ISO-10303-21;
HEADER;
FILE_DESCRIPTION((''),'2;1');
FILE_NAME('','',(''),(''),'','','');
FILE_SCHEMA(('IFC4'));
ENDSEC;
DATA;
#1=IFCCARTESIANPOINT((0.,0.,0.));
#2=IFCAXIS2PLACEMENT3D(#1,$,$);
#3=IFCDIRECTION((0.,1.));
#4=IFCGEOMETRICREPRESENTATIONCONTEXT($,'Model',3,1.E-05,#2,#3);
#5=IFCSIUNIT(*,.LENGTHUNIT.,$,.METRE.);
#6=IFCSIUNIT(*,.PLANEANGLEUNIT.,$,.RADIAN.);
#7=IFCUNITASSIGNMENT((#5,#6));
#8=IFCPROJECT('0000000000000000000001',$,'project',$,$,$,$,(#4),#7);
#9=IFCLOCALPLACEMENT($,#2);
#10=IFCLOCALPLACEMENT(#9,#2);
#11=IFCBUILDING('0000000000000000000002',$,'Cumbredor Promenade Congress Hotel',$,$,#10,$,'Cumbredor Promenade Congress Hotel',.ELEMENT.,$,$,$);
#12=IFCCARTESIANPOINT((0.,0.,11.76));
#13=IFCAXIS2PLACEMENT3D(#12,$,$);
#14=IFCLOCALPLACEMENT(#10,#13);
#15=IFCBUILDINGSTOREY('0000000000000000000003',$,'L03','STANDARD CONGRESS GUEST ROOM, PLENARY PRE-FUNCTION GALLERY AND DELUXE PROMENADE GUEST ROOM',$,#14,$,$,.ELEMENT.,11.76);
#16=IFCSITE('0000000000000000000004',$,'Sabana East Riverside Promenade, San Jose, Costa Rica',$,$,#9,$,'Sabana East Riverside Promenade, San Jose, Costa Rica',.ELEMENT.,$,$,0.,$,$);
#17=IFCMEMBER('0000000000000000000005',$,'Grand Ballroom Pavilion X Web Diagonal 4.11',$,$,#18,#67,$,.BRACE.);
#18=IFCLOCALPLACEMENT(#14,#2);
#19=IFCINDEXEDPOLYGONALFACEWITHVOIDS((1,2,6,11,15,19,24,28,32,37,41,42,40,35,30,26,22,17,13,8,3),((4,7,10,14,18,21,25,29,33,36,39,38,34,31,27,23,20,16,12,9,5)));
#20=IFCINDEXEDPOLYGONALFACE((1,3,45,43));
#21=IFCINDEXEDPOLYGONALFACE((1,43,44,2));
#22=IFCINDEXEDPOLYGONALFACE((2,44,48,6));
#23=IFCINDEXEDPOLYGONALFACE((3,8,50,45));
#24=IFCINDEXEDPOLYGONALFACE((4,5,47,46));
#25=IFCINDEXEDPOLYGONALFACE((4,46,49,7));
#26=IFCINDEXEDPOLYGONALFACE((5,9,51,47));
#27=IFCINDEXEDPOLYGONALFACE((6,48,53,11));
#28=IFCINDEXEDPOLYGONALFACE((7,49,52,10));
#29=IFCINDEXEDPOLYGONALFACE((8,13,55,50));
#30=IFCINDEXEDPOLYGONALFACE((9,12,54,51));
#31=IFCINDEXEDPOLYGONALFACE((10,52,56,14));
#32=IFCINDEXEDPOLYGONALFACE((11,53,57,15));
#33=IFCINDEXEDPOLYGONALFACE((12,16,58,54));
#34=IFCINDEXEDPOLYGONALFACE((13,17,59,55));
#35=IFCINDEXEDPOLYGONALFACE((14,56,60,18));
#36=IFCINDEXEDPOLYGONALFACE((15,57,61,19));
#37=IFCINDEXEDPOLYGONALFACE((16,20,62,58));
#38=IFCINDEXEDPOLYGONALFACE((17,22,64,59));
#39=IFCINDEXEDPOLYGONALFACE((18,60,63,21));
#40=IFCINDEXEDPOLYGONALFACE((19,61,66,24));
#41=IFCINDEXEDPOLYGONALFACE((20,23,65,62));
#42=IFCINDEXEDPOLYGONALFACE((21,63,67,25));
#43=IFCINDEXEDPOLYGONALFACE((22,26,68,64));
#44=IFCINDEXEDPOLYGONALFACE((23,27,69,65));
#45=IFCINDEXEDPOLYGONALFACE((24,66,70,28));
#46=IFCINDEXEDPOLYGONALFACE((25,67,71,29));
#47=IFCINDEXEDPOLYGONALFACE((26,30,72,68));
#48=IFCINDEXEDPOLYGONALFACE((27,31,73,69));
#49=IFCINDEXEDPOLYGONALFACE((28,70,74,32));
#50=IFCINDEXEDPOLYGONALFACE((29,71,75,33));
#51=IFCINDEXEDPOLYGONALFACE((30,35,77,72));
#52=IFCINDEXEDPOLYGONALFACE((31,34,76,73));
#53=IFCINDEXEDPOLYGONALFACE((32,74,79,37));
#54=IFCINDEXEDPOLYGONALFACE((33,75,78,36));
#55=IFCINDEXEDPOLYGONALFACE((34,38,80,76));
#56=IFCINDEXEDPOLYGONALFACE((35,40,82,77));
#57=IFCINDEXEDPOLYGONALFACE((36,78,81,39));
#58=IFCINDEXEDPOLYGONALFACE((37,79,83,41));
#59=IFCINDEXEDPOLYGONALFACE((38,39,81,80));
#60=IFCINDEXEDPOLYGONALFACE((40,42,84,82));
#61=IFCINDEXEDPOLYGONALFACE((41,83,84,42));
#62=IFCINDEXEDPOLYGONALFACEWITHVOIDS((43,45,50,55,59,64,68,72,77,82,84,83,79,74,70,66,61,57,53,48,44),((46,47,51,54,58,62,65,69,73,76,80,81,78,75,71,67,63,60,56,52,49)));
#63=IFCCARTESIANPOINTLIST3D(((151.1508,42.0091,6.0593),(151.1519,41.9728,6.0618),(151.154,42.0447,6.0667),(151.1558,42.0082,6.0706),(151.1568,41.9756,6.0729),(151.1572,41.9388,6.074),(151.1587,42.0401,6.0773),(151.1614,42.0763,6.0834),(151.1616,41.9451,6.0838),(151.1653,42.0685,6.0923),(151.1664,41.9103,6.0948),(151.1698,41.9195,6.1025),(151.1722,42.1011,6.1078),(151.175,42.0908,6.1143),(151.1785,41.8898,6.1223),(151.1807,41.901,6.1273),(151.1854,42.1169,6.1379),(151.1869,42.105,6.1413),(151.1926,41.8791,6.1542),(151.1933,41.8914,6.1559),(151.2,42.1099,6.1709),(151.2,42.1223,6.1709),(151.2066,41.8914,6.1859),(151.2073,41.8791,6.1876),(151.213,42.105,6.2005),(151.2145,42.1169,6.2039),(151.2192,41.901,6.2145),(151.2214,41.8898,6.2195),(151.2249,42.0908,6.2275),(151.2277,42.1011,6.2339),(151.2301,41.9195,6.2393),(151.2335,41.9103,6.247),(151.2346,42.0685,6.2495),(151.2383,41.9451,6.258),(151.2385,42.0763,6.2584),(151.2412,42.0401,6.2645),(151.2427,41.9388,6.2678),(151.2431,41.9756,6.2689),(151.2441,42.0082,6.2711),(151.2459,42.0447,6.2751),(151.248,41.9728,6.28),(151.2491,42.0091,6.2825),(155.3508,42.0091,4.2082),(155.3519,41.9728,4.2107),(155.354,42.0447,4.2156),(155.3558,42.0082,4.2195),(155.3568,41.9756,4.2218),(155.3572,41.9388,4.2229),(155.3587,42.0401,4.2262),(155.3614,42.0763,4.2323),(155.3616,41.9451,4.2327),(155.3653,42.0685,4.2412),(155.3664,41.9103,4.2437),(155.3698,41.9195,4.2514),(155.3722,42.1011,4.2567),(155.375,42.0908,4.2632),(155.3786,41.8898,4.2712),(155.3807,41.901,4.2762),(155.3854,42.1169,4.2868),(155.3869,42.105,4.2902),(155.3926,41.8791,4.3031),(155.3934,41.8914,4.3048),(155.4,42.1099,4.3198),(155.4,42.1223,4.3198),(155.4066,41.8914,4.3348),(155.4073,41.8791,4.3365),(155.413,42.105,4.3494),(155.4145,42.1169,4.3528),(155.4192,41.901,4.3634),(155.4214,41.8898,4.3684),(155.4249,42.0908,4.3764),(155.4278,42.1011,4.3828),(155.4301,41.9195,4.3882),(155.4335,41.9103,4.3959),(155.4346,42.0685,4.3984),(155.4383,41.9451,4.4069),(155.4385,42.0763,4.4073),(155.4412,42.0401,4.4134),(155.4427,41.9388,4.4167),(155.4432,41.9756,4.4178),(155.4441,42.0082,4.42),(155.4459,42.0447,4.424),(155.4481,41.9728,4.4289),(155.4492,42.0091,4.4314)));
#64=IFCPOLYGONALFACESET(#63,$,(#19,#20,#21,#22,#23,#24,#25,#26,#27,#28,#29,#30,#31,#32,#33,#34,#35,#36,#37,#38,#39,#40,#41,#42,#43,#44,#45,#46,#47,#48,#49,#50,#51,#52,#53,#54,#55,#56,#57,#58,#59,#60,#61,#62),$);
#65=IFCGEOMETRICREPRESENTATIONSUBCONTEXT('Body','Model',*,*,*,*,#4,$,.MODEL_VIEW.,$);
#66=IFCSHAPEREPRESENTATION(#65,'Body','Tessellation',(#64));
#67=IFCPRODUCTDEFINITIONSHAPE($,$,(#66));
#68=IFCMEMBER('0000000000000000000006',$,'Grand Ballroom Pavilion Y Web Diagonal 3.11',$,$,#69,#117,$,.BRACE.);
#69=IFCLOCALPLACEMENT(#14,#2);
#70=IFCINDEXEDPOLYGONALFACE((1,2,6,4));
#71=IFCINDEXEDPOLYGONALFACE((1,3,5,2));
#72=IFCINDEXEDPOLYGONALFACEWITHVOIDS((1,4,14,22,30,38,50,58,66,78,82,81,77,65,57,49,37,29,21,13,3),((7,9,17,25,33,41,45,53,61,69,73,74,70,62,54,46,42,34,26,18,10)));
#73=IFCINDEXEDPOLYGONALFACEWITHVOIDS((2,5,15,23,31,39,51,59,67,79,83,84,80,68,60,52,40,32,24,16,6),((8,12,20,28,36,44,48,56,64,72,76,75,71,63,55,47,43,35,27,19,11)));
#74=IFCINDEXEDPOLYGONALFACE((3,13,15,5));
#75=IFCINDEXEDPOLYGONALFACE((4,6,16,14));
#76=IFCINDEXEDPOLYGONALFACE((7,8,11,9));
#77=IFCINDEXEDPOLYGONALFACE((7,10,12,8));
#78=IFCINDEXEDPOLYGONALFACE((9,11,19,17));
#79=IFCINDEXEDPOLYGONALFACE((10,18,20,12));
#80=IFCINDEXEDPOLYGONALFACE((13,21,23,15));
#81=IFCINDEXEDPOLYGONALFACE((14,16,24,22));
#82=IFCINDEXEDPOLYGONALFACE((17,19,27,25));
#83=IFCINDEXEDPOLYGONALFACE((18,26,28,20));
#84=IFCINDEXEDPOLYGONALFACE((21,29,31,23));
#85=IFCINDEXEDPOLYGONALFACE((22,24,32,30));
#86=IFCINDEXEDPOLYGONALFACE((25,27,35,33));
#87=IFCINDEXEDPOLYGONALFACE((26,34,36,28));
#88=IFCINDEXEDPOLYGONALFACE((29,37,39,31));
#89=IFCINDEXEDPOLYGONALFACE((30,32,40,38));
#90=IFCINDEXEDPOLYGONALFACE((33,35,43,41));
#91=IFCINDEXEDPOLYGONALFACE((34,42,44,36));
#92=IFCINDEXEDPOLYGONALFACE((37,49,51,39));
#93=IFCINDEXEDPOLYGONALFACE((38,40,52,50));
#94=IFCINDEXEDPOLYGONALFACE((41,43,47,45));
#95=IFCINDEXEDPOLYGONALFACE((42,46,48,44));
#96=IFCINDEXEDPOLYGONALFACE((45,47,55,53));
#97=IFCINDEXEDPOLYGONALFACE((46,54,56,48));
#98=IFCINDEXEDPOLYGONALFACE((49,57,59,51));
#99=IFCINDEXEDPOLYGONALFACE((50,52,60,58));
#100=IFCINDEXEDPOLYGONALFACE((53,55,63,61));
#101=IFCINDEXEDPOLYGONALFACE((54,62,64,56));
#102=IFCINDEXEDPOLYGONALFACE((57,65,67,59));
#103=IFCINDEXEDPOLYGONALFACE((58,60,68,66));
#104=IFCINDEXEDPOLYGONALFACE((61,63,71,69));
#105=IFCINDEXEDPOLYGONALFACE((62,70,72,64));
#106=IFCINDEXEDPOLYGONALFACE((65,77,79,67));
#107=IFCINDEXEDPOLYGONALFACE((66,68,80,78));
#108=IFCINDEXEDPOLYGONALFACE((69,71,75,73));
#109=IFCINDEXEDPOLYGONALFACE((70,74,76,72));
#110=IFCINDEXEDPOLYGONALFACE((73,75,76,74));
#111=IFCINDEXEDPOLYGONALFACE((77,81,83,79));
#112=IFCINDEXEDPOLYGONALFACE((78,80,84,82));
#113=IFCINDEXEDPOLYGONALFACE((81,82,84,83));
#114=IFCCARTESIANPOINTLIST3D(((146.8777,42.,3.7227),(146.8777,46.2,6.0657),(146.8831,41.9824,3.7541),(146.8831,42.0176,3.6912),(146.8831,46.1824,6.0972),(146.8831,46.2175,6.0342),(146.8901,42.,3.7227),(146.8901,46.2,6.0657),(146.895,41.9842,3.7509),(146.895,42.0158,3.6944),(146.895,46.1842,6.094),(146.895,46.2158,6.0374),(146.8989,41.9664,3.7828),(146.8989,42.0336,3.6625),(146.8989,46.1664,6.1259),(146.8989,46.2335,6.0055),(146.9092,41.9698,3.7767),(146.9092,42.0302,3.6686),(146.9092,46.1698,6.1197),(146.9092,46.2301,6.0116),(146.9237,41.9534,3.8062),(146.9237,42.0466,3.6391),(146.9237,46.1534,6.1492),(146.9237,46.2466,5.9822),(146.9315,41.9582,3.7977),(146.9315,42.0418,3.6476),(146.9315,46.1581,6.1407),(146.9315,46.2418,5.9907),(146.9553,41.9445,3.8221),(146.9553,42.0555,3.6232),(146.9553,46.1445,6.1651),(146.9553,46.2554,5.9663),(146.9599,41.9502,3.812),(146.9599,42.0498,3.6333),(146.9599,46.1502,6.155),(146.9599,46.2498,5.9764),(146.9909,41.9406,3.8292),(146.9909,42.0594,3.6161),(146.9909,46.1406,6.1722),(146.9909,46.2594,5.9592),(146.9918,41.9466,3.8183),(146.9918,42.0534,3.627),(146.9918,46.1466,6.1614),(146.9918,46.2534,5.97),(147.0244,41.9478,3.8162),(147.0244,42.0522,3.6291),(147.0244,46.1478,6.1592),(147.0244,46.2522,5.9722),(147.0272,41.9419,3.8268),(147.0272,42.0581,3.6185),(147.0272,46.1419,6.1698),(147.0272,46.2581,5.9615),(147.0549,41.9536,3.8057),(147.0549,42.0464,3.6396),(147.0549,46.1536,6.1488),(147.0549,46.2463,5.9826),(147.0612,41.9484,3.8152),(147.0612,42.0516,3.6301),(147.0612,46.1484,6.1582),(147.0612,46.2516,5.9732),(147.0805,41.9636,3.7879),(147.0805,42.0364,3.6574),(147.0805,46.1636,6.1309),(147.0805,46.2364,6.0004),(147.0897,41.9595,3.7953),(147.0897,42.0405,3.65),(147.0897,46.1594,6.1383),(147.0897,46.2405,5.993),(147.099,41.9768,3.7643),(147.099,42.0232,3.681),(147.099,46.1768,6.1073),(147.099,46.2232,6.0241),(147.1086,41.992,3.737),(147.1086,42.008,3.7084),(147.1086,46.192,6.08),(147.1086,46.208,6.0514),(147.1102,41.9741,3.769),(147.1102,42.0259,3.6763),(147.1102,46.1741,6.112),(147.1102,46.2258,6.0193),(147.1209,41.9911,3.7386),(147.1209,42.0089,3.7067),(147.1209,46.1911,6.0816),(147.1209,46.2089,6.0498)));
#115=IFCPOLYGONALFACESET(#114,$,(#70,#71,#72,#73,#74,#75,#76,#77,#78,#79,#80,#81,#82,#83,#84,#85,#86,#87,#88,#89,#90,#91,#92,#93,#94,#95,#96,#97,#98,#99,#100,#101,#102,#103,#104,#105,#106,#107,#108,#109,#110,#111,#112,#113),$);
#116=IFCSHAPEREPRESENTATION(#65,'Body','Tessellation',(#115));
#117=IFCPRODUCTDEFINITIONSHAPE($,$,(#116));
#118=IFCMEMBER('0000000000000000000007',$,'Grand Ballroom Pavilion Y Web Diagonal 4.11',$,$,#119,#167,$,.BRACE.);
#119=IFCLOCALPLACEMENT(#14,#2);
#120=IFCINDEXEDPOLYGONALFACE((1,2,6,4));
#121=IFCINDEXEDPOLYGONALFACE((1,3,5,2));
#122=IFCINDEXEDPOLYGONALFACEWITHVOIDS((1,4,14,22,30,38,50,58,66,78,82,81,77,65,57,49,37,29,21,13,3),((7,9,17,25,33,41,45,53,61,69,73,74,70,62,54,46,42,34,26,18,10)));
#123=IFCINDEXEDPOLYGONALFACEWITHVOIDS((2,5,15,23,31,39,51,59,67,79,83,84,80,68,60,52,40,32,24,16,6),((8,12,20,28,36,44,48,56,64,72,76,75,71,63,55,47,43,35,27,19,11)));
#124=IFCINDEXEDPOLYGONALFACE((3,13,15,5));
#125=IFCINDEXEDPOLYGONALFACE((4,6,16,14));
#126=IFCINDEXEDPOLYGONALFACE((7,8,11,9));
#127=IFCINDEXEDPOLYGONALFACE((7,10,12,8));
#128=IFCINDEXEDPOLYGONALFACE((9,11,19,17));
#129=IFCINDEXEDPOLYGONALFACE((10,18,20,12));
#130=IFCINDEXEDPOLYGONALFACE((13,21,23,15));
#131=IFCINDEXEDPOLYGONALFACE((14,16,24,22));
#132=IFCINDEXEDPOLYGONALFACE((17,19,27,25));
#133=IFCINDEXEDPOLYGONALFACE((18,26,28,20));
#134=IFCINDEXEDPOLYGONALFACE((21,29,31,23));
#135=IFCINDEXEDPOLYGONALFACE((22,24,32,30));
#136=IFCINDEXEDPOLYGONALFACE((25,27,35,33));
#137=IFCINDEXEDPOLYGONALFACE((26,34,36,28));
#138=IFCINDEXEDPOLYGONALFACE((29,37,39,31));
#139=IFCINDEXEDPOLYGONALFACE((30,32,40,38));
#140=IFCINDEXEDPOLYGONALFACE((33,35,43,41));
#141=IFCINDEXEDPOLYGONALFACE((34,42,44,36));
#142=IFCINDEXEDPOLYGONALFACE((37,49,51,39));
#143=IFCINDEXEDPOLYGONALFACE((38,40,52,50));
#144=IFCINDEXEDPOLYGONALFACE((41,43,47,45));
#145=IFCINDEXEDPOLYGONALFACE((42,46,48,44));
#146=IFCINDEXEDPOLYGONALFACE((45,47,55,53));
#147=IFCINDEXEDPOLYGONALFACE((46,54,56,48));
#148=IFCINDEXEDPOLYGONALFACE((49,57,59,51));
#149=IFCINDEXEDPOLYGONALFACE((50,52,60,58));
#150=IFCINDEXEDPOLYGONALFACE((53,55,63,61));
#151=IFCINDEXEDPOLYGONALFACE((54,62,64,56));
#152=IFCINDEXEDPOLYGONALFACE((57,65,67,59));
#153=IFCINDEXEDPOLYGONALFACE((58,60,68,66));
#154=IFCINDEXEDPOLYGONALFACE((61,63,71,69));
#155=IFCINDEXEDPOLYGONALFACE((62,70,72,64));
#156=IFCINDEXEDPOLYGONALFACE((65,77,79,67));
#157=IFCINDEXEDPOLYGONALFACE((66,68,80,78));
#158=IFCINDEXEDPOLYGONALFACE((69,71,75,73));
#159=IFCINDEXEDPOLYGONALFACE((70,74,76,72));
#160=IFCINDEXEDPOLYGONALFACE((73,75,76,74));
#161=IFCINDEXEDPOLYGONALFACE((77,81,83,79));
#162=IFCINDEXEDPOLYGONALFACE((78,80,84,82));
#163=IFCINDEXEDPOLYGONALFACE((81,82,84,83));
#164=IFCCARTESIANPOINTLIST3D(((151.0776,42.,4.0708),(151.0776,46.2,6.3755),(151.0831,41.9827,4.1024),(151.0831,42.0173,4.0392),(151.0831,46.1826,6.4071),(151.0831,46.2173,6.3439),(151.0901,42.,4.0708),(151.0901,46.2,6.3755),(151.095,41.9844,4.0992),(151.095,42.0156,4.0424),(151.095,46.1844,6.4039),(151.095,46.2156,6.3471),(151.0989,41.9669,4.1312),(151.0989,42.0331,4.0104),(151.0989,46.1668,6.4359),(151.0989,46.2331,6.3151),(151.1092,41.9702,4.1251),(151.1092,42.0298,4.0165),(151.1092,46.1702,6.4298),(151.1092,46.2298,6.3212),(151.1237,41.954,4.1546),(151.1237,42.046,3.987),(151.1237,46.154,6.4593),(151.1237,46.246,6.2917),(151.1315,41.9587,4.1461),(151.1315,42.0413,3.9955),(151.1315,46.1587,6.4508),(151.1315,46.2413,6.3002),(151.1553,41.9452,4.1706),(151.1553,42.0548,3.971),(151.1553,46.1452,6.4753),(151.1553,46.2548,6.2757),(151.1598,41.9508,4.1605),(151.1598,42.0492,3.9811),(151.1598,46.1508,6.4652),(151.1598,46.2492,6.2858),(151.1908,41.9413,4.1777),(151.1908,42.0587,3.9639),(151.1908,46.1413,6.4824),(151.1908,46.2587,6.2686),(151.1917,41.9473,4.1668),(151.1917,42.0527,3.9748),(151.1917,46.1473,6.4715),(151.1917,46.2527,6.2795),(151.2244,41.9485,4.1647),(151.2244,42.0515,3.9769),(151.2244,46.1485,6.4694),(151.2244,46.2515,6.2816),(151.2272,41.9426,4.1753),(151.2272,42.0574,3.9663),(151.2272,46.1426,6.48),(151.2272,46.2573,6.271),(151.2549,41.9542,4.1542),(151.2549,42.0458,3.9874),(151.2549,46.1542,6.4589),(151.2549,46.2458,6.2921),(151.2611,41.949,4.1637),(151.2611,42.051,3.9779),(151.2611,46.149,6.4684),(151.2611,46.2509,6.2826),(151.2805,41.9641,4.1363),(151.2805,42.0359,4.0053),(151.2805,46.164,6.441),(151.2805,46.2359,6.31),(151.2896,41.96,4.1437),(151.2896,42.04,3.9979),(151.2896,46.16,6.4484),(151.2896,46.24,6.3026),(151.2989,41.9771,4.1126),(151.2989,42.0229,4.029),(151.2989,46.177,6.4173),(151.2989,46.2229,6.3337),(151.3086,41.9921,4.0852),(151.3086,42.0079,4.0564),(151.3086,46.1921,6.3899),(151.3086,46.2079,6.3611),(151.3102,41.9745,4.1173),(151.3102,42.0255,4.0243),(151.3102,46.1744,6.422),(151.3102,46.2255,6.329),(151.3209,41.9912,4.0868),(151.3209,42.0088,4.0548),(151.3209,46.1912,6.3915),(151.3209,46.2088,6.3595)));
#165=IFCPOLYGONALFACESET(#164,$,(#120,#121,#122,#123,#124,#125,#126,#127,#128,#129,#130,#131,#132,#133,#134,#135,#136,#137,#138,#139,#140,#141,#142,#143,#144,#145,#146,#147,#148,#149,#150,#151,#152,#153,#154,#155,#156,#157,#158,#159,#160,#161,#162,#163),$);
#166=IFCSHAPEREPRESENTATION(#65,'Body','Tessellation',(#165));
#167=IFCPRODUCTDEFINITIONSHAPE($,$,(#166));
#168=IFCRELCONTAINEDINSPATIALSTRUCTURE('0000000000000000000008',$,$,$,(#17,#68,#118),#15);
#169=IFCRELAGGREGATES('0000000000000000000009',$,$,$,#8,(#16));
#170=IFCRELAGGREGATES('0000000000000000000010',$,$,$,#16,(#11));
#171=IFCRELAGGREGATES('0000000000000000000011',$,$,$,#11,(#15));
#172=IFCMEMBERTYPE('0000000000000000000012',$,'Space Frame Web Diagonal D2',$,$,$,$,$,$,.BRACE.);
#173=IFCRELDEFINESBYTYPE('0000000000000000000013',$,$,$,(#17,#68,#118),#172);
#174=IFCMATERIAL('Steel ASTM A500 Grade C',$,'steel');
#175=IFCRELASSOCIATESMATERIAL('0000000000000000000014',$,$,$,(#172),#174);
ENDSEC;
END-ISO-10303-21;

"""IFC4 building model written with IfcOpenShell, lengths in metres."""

from ifc_helpers import new_model, si_unit, direction, frame, origin, origin_2d, place, context, subcontext, project, spatial, hollow_circle, extrude, material, material_profile, profile_set, type_object, element, save


model = new_model("IFC4")

# Units and contexts
model_context = context("Model", 3, precision=1e-05, world=origin(), true_north=direction((0.0, 1.0)))
body_context = subcontext(model_context, "Body", "Model", "MODEL_VIEW")
ifc_project = project(units=[si_unit("LENGTHUNIT", "METRE"), si_unit("PLANEANGLEUNIT", "RADIAN")], contexts=[model_context])

# Site, building, storey
site_placement = place(None, origin())
site = spatial("IfcSite", under=ifc_project, at=site_placement, Name="Sabana East Riverside Promenade, San Jose, Costa Rica", LongName="Sabana East Riverside Promenade, San Jose, Costa Rica", CompositionType="ELEMENT", RefElevation=0.0)
building_placement = place(site_placement, origin())
building = spatial("IfcBuilding", under=site, at=building_placement, Name="Cumbredor Promenade Congress Hotel", LongName="Cumbredor Promenade Congress Hotel", CompositionType="ELEMENT")
storey_placement = place(building_placement, frame((0.0, 0.0, 11.76)))
storey = spatial("IfcBuildingStorey", under=building, at=storey_placement, Name="L03", Description="STANDARD CONGRESS GUEST ROOM, PLENARY PRE-FUNCTION GALLERY AND DELUXE PROMENADE GUEST ROOM", CompositionType="ELEMENT", Elevation=11.76)

# Shared definitions
ifc_material_1 = material(Name="Steel ASTM A500 Grade C", Category="steel")

# Members
ifc_material_profile_1 = material_profile(ifc_material_1, hollow_circle(Radius=0.1223, WallThickness=0.0125, at=origin_2d()), Name="CHS 244.5x12.5")
ifc_profile_set_1 = profile_set([ifc_material_profile_1], Name="Steel ASTM A500 Grade C")
member_type_1 = type_object("IfcMemberType", Name="Space Frame Web Diagonal D2", PredefinedType="BRACE", material=ifc_profile_set_1)
member_1_placement = place(storey_placement, frame((151.2, 42.0, 6.1709), z_axis=(0.915066, 0.0, -0.403304), x_axis=(0.0, 1.0, 0.0)))
element("IfcMember", 1, at=member_1_placement, inside=storey, type_object=member_type_1, Name="Grand Ballroom Pavilion X Web Diagonal 4.11", PredefinedType="BRACE", context=body_context, shape_type="SweptSolid", body=[
    extrude(hollow_circle(Radius=0.1223, WallThickness=0.0125, at=origin_2d()), origin(), (0.0, 0.0, 1.0), 4.5898),
])
member_2_placement = place(storey_placement, frame((147.0, 42.0, 3.7227), z_axis=(0.0, 0.873299, 0.487185), x_axis=(-1.0, 0.0, 0.0)))
element("IfcMember", 2, at=member_2_placement, inside=storey, type_object=member_type_1, Name="Grand Ballroom Pavilion Y Web Diagonal 3.11", PredefinedType="BRACE", context=body_context, shape_type="SweptSolid", body=[
    extrude(hollow_circle(Radius=0.1223, WallThickness=0.0125, at=origin_2d()), origin(), (0.0, 0.0, 1.0), 4.8093),
])
member_3_placement = place(storey_placement, frame((151.2, 42.0, 4.0708), z_axis=(0.0, 0.876681, 0.481071), x_axis=(-1.0, 0.0, 0.0)))
element("IfcMember", 3, at=member_3_placement, inside=storey, type_object=member_type_1, Name="Grand Ballroom Pavilion Y Web Diagonal 4.11", PredefinedType="BRACE", context=body_context, shape_type="SweptSolid", body=[
    extrude(hollow_circle(Radius=0.1223, WallThickness=0.0125, at=origin_2d()), origin(), (0.0, 0.0, 1.0), 4.7908),
])

save(model, "model.ifc")
